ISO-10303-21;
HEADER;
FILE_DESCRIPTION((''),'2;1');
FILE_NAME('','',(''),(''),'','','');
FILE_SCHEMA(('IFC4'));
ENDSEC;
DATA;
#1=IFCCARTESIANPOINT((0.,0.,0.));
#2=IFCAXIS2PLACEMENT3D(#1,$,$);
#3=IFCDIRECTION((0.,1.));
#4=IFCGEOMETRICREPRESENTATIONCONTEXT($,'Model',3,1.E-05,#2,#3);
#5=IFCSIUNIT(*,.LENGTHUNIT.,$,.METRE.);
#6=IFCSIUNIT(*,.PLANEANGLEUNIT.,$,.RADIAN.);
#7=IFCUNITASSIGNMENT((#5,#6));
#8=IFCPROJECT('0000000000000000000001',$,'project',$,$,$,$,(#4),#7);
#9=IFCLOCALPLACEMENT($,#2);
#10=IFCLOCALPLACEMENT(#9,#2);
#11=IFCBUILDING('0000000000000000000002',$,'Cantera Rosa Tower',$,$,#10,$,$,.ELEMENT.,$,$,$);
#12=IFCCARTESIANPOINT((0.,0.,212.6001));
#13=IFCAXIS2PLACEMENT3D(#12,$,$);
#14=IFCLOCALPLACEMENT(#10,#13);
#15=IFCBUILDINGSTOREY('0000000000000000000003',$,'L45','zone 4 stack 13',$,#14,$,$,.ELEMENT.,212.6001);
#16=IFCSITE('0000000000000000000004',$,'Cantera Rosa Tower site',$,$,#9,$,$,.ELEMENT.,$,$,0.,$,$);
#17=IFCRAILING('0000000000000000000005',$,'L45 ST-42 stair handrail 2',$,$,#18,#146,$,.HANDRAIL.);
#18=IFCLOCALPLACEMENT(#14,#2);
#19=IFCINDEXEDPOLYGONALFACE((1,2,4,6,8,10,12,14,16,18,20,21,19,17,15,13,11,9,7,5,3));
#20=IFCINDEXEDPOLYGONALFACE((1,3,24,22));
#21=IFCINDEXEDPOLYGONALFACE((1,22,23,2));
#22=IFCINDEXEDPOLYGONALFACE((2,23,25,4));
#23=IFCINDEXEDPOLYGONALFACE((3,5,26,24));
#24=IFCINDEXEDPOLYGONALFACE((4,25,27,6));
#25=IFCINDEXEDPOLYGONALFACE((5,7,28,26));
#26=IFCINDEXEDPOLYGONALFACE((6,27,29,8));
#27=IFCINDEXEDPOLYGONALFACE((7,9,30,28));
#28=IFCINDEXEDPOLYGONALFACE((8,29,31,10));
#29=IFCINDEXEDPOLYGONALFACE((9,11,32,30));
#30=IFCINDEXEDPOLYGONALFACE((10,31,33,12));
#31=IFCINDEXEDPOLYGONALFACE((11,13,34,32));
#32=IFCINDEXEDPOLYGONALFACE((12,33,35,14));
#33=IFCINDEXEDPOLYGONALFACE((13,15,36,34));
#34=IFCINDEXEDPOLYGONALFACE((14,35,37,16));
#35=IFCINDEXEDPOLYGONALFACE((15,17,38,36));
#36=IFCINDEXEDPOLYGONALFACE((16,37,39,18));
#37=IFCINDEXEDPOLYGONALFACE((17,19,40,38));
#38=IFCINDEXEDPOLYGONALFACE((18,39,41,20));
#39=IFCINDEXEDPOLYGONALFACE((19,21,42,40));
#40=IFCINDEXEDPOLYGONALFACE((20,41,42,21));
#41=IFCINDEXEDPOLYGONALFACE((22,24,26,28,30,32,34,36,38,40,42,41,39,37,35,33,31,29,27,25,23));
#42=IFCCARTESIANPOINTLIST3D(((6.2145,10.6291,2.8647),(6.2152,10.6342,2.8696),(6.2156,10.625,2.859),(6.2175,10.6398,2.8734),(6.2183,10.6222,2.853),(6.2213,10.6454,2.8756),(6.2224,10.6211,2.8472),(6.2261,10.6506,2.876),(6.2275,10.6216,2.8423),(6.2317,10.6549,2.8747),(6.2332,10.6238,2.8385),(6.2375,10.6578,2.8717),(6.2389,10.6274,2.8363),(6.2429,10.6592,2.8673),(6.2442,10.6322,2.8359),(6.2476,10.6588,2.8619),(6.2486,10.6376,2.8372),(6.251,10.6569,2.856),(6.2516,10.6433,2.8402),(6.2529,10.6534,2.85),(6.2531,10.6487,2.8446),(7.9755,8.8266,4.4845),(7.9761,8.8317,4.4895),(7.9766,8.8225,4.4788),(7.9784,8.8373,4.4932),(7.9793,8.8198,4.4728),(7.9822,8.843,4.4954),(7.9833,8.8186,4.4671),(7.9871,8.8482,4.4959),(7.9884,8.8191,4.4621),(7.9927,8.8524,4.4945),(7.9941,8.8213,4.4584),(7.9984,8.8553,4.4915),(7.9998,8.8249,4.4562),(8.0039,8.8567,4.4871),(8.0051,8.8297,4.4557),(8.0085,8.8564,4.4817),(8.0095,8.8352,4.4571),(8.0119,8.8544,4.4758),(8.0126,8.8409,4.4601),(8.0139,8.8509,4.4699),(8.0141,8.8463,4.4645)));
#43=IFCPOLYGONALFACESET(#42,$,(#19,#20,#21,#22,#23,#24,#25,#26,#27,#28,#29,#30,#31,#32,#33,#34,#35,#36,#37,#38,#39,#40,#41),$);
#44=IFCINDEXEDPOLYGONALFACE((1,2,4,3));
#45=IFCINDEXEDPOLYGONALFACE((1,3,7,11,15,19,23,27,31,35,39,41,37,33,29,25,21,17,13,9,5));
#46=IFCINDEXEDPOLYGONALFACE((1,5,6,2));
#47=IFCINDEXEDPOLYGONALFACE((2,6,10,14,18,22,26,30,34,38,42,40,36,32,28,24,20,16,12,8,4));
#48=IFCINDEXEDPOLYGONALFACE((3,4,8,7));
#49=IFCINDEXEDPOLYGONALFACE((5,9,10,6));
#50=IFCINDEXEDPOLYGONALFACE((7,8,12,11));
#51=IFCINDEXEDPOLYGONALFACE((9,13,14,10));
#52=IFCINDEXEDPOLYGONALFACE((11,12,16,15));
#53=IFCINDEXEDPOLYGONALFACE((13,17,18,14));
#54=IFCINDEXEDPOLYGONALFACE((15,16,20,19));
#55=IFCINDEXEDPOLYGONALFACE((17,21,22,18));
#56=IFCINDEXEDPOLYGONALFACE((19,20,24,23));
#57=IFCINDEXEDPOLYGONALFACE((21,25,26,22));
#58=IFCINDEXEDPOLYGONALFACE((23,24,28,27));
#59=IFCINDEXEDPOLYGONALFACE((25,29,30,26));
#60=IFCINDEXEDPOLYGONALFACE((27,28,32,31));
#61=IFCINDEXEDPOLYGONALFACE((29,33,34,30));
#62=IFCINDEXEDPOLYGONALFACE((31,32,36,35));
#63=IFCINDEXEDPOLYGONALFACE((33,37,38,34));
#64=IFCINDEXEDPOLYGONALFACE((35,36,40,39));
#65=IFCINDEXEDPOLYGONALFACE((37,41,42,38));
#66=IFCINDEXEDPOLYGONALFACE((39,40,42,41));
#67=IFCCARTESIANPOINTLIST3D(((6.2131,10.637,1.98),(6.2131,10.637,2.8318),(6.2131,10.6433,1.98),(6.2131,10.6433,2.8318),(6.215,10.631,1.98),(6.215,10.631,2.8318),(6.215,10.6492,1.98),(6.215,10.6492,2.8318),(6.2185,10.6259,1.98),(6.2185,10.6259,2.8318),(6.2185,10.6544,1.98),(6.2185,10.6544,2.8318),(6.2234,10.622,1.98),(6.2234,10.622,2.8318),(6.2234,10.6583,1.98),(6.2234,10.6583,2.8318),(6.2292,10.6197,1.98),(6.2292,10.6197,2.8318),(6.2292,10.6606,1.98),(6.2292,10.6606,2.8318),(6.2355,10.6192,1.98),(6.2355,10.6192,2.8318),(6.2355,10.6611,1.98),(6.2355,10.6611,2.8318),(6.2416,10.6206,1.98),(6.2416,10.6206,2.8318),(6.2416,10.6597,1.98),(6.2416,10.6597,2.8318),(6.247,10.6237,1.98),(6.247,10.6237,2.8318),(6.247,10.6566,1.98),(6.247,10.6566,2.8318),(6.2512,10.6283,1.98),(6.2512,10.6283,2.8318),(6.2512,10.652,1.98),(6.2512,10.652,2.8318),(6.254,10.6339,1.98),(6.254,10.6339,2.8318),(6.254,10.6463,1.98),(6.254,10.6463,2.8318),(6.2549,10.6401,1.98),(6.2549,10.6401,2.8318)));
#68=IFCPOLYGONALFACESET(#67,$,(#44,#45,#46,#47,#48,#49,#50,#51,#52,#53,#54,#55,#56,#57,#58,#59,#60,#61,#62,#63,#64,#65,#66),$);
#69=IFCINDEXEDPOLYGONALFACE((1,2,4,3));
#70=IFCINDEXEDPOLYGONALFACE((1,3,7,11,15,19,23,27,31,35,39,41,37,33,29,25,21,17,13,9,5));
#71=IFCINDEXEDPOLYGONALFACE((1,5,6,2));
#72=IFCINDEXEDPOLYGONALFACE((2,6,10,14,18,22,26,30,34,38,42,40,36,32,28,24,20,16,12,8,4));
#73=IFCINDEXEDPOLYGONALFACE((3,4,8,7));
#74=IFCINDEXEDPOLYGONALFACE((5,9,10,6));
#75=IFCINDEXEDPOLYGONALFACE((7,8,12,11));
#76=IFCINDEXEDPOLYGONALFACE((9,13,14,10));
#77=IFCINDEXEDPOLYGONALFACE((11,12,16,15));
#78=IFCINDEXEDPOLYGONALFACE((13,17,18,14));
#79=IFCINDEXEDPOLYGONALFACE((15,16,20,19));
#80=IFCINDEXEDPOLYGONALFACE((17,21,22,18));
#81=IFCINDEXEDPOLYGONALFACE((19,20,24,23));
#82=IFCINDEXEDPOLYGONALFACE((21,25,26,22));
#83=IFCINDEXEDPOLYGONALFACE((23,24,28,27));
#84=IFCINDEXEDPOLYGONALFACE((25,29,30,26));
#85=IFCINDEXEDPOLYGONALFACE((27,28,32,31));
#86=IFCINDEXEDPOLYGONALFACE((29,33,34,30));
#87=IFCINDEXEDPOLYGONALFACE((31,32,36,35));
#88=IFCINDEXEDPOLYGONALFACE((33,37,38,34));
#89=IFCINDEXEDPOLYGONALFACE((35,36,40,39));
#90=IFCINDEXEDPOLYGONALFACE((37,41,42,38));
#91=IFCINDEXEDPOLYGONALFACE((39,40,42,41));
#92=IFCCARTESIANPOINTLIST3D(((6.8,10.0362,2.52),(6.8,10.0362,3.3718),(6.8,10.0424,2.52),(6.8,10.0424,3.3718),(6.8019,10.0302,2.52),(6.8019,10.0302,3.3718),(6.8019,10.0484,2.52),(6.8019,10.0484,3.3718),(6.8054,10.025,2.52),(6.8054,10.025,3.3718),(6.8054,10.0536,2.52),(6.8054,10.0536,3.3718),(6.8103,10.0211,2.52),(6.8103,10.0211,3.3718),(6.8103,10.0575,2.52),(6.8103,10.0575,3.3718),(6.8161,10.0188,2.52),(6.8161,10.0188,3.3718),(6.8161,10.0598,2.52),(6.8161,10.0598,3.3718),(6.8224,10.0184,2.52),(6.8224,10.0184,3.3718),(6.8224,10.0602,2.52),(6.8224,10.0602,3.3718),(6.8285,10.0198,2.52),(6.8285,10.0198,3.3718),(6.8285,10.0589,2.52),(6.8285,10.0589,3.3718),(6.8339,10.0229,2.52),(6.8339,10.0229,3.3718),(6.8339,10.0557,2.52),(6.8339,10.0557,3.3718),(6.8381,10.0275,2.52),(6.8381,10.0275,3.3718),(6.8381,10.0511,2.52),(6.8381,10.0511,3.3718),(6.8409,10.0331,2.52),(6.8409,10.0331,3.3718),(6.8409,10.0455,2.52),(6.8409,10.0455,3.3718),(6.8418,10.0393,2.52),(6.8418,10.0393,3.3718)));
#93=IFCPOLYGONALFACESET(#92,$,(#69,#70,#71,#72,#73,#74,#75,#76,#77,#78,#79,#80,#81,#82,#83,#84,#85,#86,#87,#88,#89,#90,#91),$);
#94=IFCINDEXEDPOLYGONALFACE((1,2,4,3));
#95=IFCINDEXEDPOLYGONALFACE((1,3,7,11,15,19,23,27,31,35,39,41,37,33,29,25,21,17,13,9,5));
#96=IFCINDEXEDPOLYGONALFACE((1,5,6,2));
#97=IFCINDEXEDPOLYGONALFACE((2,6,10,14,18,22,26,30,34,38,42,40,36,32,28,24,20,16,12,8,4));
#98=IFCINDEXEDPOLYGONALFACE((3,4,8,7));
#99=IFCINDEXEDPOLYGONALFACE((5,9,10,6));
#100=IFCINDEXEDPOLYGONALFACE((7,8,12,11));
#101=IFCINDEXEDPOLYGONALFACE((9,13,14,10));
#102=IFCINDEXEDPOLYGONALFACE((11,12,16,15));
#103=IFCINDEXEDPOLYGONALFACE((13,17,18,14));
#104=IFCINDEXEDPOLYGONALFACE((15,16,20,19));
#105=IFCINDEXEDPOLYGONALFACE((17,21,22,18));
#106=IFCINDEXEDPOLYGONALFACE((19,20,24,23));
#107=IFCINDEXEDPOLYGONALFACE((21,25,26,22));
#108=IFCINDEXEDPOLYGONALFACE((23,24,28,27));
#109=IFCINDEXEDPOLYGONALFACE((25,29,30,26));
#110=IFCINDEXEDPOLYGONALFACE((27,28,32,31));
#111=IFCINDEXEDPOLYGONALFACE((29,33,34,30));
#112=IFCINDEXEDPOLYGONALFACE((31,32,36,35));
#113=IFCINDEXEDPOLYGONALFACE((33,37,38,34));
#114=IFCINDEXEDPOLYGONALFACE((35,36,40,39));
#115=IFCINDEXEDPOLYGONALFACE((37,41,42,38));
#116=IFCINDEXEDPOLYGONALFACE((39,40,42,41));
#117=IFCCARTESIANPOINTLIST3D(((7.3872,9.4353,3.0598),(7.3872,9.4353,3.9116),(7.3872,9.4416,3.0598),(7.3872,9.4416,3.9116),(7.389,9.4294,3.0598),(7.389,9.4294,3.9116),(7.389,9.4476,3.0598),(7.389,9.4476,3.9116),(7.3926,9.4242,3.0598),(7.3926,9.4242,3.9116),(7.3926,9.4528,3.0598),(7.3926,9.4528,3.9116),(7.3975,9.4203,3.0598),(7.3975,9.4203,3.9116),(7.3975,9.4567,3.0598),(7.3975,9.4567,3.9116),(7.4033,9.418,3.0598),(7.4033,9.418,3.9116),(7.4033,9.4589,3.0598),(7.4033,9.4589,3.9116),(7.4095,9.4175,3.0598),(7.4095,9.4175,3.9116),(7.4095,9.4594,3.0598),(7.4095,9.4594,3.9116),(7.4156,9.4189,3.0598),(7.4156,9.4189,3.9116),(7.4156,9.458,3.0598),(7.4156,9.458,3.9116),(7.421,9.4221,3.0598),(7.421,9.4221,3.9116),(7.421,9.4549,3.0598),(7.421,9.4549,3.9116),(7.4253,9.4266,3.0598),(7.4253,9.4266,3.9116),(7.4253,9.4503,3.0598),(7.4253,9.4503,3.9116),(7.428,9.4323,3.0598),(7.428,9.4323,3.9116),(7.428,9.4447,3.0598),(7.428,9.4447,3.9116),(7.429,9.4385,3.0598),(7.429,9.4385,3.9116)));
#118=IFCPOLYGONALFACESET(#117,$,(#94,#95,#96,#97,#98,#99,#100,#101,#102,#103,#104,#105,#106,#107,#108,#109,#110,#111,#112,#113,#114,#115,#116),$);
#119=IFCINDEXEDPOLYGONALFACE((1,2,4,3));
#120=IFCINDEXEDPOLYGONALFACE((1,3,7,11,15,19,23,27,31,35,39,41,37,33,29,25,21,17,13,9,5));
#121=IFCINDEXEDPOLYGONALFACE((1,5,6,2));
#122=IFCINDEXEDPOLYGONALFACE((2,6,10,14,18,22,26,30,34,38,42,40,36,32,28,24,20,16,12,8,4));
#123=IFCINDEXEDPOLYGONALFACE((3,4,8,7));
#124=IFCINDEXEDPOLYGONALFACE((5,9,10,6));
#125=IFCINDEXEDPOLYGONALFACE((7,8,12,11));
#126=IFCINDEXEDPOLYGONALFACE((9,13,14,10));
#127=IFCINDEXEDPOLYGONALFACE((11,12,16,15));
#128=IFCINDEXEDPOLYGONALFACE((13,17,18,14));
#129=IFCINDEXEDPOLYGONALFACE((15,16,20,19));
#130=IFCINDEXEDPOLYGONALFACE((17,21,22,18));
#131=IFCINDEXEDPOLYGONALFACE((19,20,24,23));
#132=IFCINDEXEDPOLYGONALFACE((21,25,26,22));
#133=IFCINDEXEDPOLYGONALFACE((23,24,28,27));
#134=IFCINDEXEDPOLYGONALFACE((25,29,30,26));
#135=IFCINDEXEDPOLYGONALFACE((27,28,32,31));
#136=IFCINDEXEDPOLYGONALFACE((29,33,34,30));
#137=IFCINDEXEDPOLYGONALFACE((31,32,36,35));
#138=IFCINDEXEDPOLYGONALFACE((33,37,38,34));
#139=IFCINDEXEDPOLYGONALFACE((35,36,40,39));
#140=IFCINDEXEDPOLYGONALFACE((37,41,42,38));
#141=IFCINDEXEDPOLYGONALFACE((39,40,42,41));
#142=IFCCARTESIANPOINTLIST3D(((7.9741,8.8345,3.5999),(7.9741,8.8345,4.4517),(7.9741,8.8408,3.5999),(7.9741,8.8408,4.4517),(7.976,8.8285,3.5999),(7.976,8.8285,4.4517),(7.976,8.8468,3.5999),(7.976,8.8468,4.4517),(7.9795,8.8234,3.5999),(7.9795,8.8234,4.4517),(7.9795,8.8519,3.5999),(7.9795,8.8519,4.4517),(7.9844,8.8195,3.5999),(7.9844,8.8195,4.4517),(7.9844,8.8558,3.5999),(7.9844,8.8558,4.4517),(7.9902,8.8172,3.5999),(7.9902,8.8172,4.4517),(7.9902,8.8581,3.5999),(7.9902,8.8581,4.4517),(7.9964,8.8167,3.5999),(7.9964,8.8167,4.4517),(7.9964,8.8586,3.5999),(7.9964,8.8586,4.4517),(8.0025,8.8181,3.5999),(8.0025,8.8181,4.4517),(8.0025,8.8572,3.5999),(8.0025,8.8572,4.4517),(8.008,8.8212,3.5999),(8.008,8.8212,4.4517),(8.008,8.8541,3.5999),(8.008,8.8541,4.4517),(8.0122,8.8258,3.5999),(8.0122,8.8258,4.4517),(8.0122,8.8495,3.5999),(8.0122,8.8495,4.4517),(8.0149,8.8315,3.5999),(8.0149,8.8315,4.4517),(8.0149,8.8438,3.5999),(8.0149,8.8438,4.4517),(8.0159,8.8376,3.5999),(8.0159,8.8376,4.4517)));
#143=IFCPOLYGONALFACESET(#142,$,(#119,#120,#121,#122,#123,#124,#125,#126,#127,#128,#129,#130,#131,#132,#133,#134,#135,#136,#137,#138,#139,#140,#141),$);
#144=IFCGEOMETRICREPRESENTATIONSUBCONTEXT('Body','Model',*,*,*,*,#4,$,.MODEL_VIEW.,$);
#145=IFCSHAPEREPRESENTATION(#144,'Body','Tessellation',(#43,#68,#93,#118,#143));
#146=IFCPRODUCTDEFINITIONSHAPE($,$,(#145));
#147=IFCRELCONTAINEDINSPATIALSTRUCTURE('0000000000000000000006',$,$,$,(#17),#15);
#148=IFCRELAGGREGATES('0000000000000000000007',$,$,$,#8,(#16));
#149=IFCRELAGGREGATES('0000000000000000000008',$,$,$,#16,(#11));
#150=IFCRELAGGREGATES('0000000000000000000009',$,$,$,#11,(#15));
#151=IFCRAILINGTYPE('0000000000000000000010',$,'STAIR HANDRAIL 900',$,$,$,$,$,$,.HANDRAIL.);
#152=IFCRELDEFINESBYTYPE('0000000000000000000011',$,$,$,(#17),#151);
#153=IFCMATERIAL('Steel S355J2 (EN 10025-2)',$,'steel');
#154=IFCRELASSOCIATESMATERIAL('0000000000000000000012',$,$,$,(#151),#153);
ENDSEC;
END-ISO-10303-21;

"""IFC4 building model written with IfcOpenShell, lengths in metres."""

from ifc_helpers import new_model, si_unit, direction, frame, origin, origin_2d, place, context, subcontext, project, spatial, circle, extrude, material, type_object, element, save


model = new_model("IFC4")

# Units and contexts
model_context = context("Model", 3, precision=1e-05, world=origin(), true_north=direction((0.0, 1.0)))
body_context = subcontext(model_context, "Body", "Model", "MODEL_VIEW")
ifc_project = project(units=[si_unit("LENGTHUNIT", "METRE"), si_unit("PLANEANGLEUNIT", "RADIAN")], contexts=[model_context])

# Site, building, storey
site_placement = place(None, origin())
site = spatial("IfcSite", under=ifc_project, at=site_placement, Name="Cantera Rosa Tower site", CompositionType="ELEMENT", RefElevation=0.0)
building_placement = place(site_placement, origin())
building = spatial("IfcBuilding", under=site, at=building_placement, Name="Cantera Rosa Tower", CompositionType="ELEMENT")
storey_placement = place(building_placement, frame((0.0, 0.0, 212.6001)))
storey = spatial("IfcBuildingStorey", under=building, at=storey_placement, Name="L45", Description="zone 4 stack 13", CompositionType="ELEMENT", Elevation=212.6001)

# Railing
ifc_material_1 = material(Name="Steel S355J2 (EN 10025-2)", Category="steel")
railing_type_1 = type_object("IfcRailingType", Name="STAIR HANDRAIL 900", PredefinedType="HANDRAIL", material=ifc_material_1)
railing_1_placement = place(storey_placement, frame((6.2339, 10.6401, 1.98)))
element("IfcRailing", 1, at=railing_1_placement, inside=storey, type_object=railing_type_1, Name="L45 ST-42 stair handrail 2", PredefinedType="HANDRAIL", context=body_context, shape_type="SweptSolid", body=[
    extrude(circle(Radius=0.0239, at=origin_2d()), frame((0.0, 0.0, 0.876), z_axis=(0.587844, -0.601699, 0.540738), x_axis=(0.715294, 0.698824, 0.0)), (0.0, 0.0, 1.0), 2.9956),
    extrude(circle(Radius=0.021, at=origin_2d()), origin(), (0.0, 0.0, 1.0), 0.8518),
    extrude(circle(Radius=0.021, at=origin_2d()), frame((0.5869, -0.6008, 0.54)), (0.0, 0.0, 1.0), 0.8518),
    extrude(circle(Radius=0.021, at=origin_2d()), frame((1.1741, -1.2017, 1.0798)), (0.0, 0.0, 1.0), 0.8518),
    extrude(circle(Radius=0.021, at=origin_2d()), frame((1.761, -1.8025, 1.6199)), (0.0, 0.0, 1.0), 0.8518),
])

save(model, "model.ifc")
